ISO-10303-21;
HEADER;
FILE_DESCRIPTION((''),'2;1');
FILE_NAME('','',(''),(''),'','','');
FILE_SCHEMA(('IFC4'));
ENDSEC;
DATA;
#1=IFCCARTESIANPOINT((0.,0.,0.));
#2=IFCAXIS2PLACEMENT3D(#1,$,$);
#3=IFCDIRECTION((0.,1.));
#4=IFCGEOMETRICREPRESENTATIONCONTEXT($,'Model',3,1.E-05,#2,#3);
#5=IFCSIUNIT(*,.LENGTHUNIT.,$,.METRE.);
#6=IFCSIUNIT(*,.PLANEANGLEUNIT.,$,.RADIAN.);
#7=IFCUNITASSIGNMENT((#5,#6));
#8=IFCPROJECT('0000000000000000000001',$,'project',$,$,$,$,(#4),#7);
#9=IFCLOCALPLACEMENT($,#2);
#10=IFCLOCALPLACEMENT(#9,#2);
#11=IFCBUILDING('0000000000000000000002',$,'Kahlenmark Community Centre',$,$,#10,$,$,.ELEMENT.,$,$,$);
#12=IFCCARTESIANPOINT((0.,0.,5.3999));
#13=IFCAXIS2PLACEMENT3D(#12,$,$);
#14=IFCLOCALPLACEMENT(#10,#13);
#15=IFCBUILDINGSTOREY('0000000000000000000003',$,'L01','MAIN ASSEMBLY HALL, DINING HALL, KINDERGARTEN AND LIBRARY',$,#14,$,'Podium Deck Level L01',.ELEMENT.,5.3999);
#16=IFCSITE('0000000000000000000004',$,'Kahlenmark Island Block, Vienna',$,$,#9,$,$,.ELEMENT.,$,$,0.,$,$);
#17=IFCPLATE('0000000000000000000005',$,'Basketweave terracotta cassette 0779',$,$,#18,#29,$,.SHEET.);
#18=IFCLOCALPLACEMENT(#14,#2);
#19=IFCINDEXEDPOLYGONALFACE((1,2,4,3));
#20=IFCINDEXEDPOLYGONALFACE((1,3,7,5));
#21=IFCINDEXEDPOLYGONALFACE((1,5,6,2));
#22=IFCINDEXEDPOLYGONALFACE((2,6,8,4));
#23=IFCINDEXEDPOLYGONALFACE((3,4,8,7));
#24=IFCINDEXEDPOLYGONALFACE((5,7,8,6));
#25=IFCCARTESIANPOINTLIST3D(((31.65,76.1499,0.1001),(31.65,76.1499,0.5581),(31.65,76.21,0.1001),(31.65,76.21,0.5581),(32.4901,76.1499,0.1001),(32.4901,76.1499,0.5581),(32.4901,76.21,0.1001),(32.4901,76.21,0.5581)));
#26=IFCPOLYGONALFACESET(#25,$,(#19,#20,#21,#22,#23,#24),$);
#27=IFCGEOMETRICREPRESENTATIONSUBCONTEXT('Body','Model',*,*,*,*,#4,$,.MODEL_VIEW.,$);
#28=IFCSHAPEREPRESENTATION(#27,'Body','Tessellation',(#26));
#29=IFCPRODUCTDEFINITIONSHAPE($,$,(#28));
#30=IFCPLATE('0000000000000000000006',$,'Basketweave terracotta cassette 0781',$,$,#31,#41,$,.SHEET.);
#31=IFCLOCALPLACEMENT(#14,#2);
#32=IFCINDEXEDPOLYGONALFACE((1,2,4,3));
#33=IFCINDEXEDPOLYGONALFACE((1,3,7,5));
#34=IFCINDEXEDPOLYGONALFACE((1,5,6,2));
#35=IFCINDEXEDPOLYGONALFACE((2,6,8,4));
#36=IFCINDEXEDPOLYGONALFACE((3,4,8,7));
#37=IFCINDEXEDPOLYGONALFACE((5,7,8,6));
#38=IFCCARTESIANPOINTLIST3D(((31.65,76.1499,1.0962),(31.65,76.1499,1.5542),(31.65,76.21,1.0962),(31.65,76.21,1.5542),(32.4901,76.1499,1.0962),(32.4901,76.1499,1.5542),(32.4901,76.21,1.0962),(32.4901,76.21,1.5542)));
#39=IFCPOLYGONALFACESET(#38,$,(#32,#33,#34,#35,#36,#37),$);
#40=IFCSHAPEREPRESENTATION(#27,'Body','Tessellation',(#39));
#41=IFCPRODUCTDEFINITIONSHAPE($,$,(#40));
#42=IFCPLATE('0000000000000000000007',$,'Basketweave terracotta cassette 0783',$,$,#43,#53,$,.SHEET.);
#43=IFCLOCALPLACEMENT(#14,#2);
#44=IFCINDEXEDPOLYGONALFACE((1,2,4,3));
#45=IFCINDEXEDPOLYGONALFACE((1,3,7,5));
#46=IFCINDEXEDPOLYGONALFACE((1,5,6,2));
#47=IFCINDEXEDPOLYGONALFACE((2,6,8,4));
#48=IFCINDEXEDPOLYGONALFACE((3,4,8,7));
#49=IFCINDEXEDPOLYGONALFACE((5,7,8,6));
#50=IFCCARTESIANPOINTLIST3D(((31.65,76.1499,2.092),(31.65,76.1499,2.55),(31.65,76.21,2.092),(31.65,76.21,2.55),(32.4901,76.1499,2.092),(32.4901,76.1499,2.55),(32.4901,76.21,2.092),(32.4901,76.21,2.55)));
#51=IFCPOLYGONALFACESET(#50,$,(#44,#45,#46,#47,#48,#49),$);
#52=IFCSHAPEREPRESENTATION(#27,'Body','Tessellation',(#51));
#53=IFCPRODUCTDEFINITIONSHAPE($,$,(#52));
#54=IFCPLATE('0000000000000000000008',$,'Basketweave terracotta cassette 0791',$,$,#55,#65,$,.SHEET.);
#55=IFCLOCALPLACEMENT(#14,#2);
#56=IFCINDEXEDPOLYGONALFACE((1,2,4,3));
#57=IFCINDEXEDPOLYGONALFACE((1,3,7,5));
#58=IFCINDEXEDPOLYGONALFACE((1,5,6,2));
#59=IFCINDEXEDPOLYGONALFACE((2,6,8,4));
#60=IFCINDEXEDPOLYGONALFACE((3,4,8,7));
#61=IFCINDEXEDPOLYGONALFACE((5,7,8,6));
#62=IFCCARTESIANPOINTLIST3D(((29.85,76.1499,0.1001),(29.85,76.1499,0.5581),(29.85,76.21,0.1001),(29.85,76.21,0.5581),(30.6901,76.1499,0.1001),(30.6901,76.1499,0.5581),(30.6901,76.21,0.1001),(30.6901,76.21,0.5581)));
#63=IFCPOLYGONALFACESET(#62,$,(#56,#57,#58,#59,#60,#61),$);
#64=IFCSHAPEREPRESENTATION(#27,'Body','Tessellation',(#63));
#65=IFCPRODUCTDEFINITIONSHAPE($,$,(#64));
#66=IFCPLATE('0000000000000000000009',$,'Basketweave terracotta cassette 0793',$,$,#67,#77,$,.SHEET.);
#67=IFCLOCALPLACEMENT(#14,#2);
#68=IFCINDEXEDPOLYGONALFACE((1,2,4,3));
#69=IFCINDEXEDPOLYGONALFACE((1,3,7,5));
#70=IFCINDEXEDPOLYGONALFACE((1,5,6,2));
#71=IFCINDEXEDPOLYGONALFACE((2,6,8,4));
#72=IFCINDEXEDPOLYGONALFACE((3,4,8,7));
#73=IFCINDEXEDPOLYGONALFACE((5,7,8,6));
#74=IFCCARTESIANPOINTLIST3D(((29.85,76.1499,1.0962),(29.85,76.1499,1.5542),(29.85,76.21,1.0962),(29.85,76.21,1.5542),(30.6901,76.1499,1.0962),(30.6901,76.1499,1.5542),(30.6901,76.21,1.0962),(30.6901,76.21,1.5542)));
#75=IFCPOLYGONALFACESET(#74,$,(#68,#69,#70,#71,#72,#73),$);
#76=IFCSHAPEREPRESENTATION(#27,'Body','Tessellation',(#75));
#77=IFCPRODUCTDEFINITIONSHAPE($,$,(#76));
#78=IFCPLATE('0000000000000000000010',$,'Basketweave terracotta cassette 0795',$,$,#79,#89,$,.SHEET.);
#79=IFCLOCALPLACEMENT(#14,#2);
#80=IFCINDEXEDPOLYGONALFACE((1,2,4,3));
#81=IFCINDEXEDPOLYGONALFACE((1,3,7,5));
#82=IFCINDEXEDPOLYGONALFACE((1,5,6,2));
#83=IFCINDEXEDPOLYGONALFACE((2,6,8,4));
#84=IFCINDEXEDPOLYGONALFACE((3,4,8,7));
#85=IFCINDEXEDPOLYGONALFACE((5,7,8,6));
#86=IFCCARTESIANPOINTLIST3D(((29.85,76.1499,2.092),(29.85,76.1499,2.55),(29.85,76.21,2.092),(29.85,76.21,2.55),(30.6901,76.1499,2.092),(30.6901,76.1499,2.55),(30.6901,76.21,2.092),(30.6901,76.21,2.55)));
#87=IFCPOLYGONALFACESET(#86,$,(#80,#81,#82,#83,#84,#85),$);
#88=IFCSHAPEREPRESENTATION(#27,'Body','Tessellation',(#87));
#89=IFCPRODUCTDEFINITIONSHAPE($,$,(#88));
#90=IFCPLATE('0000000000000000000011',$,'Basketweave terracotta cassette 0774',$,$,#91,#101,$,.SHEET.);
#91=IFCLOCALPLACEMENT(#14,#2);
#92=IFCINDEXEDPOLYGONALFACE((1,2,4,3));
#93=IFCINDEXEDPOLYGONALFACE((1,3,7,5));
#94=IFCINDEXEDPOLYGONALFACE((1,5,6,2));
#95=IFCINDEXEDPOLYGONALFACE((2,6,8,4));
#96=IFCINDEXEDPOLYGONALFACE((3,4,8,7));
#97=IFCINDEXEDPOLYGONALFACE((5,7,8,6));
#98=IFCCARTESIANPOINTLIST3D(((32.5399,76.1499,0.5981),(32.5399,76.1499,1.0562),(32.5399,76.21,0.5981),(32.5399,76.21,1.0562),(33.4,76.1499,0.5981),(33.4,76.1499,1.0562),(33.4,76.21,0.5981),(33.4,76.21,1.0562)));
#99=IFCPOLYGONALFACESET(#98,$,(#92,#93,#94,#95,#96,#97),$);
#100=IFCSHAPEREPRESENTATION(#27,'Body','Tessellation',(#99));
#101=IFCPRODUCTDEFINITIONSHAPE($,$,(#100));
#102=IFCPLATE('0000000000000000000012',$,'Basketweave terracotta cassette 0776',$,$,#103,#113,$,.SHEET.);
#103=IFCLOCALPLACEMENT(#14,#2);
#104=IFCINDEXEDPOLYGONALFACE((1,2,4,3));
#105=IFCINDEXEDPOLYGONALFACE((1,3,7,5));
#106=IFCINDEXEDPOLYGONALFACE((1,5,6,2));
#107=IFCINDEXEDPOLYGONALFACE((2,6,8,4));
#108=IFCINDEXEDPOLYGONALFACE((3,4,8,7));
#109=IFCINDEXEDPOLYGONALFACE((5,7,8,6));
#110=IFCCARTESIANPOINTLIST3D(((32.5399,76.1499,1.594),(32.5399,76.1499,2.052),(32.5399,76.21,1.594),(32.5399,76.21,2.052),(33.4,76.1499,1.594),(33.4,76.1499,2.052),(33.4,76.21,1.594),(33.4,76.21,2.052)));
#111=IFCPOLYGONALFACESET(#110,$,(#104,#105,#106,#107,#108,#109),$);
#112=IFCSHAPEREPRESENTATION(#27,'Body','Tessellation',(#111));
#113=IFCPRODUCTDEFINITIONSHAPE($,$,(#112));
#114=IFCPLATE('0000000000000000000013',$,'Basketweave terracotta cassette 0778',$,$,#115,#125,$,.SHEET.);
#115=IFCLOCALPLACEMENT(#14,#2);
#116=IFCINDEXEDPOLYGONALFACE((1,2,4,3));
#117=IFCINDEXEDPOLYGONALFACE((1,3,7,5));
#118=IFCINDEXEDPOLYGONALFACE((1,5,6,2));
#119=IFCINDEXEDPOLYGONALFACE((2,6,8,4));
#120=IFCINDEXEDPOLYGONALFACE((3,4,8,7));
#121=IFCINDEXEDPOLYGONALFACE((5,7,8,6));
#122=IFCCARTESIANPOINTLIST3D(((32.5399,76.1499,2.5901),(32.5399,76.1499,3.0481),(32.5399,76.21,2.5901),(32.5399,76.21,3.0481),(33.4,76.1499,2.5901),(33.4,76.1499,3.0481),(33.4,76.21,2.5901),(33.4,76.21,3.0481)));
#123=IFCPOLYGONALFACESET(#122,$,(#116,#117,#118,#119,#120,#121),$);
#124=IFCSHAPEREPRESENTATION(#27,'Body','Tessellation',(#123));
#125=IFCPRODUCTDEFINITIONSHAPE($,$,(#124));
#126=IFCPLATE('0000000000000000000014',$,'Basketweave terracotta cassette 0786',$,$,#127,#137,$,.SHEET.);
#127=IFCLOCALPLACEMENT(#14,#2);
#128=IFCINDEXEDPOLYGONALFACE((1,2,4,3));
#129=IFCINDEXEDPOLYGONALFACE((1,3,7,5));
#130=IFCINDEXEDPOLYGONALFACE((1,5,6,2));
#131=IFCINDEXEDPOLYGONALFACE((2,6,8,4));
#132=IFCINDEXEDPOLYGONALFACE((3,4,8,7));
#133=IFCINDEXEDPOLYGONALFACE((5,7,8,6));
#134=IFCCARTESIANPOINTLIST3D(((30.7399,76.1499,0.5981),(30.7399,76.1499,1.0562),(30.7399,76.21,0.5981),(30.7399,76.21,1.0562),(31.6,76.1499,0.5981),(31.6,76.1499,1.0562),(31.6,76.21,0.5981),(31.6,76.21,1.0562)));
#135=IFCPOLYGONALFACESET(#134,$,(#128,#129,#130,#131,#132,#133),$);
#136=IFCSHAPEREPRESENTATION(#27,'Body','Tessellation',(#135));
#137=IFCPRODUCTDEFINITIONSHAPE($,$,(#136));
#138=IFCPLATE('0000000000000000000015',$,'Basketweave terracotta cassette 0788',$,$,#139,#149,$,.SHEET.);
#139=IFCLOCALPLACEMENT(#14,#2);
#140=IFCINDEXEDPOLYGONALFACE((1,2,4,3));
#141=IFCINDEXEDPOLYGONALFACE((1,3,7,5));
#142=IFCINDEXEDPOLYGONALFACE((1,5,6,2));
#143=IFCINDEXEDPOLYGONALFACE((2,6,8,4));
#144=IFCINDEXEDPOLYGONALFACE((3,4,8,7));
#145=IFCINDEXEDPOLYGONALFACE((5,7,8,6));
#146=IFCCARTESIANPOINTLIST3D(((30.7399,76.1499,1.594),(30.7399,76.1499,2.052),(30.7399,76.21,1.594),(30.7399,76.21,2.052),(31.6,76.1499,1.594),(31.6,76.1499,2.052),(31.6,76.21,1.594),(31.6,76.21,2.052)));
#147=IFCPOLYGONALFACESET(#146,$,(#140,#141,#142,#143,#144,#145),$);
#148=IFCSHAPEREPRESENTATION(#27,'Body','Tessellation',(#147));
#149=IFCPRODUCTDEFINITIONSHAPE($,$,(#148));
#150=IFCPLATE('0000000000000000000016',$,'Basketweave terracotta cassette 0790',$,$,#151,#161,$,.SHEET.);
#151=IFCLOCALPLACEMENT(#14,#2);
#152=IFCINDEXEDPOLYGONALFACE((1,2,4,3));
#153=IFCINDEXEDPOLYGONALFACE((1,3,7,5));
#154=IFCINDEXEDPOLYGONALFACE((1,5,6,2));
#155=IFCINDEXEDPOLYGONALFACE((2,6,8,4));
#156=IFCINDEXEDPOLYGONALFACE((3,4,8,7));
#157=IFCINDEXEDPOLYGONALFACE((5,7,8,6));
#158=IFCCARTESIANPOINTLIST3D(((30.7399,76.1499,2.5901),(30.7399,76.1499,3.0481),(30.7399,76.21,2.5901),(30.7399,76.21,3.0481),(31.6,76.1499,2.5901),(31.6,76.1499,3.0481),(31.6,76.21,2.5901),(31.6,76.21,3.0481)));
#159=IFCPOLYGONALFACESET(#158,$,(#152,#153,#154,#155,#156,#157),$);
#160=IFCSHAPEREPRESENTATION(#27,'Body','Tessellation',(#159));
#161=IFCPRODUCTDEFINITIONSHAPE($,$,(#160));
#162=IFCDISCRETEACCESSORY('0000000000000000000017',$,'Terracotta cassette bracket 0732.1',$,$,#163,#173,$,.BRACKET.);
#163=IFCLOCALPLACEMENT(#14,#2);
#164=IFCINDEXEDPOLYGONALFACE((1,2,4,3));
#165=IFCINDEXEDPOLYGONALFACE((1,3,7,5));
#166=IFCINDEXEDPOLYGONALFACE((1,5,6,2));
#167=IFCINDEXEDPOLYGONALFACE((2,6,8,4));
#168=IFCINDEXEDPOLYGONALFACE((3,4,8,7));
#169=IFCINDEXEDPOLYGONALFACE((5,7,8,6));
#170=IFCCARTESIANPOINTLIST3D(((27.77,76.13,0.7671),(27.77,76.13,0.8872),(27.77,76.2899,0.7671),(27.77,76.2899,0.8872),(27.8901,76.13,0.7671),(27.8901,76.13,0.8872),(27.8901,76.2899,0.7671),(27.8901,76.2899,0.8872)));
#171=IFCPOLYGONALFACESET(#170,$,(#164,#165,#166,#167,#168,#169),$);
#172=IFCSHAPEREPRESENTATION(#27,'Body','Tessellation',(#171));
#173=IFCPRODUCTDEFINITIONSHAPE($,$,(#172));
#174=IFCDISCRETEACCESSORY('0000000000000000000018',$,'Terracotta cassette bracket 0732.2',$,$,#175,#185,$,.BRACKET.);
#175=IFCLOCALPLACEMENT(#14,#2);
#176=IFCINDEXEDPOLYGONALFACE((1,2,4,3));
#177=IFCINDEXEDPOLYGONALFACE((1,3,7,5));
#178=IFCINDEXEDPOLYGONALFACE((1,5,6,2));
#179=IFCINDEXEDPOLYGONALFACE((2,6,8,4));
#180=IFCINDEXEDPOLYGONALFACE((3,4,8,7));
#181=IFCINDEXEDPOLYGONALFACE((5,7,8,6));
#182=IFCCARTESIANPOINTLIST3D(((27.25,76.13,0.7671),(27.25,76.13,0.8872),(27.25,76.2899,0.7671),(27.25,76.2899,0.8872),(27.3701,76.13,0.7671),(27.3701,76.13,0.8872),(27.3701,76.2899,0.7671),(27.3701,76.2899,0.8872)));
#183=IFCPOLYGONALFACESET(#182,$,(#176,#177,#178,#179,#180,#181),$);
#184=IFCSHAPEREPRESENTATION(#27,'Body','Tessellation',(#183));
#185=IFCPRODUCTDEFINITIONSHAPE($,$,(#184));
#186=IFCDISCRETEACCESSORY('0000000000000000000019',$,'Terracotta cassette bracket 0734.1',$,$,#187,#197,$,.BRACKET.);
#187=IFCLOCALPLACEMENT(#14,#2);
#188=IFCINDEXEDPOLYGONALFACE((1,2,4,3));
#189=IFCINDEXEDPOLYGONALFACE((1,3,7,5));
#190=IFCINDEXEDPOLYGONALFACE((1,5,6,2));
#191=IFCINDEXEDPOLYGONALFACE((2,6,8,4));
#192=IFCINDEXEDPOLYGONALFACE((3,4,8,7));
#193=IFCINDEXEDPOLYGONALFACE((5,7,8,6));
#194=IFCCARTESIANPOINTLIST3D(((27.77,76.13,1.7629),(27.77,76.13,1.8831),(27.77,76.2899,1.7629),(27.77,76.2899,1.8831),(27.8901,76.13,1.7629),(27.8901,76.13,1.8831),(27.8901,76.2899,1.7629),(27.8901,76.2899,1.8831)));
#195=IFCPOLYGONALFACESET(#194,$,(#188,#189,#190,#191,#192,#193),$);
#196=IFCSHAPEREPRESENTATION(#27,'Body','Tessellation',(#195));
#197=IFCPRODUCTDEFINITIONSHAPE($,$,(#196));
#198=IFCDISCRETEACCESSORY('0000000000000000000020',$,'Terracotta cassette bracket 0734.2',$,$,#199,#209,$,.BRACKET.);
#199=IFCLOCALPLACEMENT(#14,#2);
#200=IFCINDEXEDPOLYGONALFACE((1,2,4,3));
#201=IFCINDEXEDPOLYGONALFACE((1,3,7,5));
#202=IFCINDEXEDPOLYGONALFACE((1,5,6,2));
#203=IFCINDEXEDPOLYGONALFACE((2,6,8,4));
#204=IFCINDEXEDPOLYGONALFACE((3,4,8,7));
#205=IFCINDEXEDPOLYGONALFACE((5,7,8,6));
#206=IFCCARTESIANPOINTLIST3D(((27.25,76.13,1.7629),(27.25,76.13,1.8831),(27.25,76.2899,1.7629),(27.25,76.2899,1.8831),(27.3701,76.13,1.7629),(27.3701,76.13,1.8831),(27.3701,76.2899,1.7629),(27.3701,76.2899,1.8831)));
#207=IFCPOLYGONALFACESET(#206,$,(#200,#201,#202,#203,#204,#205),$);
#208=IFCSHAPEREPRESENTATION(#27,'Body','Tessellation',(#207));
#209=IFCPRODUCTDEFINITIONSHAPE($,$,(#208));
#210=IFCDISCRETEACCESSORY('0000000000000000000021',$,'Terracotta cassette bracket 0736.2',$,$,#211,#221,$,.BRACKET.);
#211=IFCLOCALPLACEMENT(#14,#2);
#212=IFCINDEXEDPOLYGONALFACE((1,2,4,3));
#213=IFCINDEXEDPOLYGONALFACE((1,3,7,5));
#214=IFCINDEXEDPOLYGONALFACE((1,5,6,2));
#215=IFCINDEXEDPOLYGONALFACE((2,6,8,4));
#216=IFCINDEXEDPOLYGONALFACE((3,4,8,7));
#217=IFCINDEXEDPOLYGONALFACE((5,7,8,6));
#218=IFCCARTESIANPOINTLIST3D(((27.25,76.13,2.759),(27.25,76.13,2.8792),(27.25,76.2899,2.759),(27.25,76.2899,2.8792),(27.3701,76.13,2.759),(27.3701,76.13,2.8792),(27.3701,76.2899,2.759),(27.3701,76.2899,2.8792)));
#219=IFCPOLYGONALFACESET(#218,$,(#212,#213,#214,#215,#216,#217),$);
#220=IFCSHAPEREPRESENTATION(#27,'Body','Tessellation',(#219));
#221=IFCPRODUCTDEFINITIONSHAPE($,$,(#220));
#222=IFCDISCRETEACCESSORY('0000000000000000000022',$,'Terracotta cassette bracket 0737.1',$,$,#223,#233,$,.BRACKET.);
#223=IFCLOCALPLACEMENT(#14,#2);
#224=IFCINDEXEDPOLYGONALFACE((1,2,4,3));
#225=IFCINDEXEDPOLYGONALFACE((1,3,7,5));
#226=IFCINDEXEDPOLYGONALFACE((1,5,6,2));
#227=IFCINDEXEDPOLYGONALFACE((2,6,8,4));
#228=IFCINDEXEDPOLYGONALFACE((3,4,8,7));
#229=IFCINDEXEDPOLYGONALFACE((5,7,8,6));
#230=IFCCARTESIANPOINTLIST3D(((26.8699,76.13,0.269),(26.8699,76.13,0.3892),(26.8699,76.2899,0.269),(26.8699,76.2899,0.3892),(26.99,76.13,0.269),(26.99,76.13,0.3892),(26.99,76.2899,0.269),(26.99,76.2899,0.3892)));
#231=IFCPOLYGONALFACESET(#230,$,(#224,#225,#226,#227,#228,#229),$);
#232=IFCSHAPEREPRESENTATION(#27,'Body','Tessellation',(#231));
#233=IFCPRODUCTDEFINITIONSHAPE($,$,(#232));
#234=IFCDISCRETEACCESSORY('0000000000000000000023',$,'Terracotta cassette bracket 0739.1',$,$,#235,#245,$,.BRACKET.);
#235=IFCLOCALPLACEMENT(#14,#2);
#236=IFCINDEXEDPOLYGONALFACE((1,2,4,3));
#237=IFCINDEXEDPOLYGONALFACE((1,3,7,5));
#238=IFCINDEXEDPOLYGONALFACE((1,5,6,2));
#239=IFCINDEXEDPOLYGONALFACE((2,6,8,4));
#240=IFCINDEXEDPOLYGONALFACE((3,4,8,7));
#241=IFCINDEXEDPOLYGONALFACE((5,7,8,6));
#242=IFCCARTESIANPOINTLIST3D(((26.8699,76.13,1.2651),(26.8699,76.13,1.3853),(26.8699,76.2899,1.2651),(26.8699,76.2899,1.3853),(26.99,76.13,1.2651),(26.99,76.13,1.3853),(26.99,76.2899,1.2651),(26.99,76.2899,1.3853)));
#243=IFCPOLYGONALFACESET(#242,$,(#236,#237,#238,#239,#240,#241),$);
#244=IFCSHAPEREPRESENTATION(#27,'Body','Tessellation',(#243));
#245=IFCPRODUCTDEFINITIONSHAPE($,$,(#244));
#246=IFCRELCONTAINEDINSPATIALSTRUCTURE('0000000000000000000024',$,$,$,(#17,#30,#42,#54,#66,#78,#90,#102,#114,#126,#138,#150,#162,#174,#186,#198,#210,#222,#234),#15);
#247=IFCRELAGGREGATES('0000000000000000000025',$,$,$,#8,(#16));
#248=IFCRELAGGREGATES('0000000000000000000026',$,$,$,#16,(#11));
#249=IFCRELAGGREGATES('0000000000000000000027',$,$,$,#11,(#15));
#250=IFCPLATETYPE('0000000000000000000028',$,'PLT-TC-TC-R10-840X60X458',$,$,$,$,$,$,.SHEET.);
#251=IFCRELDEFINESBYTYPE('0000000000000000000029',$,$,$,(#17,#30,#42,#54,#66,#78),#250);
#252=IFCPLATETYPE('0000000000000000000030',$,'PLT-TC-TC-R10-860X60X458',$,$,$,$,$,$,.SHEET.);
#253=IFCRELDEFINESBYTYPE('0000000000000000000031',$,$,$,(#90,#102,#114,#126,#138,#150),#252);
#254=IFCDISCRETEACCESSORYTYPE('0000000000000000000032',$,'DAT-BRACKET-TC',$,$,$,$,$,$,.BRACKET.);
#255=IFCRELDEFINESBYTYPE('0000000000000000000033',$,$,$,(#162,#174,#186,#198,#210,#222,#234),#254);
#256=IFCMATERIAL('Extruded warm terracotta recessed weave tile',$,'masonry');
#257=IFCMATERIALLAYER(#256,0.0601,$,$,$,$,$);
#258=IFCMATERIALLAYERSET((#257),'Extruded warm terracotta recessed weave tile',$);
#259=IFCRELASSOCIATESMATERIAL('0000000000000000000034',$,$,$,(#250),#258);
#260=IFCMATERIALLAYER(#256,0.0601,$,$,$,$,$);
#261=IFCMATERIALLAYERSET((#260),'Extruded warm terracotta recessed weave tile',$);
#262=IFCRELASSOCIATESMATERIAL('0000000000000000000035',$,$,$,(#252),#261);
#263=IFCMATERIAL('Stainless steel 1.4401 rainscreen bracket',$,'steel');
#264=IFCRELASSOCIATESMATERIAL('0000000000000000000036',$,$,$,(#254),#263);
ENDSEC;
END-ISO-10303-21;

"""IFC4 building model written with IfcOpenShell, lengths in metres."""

from ifc_helpers import new_model, si_unit, direction, frame, origin, origin_2d, place, context, subcontext, project, spatial, rectangle, extrude, material, layer, layer_set, type_object, element, save


model = new_model("IFC4")

# Units and contexts
model_context = context("Model", 3, precision=1e-05, world=origin(), true_north=direction((0.0, 1.0)))
body_context = subcontext(model_context, "Body", "Model", "MODEL_VIEW")
ifc_project = project(units=[si_unit("LENGTHUNIT", "METRE"), si_unit("PLANEANGLEUNIT", "RADIAN")], contexts=[model_context])

# Site, building, storey
site_placement = place(None, origin())
site = spatial("IfcSite", under=ifc_project, at=site_placement, Name="Kahlenmark Island Block, Vienna", CompositionType="ELEMENT", RefElevation=0.0)
building_placement = place(site_placement, origin())
building = spatial("IfcBuilding", under=site, at=building_placement, Name="Kahlenmark Community Centre", CompositionType="ELEMENT")
storey_placement = place(building_placement, frame((0.0, 0.0, 5.3999)))
storey = spatial("IfcBuildingStorey", under=building, at=storey_placement, Name="L01", Description="MAIN ASSEMBLY HALL, DINING HALL, KINDERGARTEN AND LIBRARY", LongName="Podium Deck Level L01", CompositionType="ELEMENT", Elevation=5.3999)

# Plates
ifc_material_1 = material(Name="Extruded warm terracotta recessed weave tile", Category="masonry")
ifc_layer_1 = layer(ifc_material_1, 0.0601)
ifc_layer_set_1 = layer_set([ifc_layer_1], Name="Extruded warm terracotta recessed weave tile")
plate_type_1 = type_object("IfcPlateType", Name="PLT-TC-TC-R10-840X60X458", PredefinedType="SHEET", material=ifc_layer_set_1)
for number, where, z_axis, x_axis, name in (
    (1, (32.0701, 76.1799, 0.1001), (0.0, 0.0, 1.0), (-1.0, 0.0, 0.0), "Basketweave terracotta cassette 0779"),
    (2, (32.0701, 76.1799, 1.0962), (0.0, 0.0, 1.0), (-1.0, 0.0, 0.0), "Basketweave terracotta cassette 0781"),
    (3, (32.0701, 76.1799, 2.092), (0.0, 0.0, 1.0), (-1.0, 0.0, 0.0), "Basketweave terracotta cassette 0783"),
    (4, (30.27, 76.1799, 0.1001), (0.0, 0.0, 1.0), (-1.0, 0.0, 0.0), "Basketweave terracotta cassette 0791"),
    (5, (30.27, 76.1799, 1.0962), (0.0, 0.0, 1.0), (-1.0, 0.0, 0.0), "Basketweave terracotta cassette 0793"),
    (6, (30.27, 76.1799, 2.092), (0.0, 0.0, 1.0), (-1.0, 0.0, 0.0), "Basketweave terracotta cassette 0795"),
):
    element("IfcPlate", number, at=place(storey_placement, frame(where, z_axis=z_axis, x_axis=x_axis)), inside=storey, type_object=plate_type_1, Name=name, PredefinedType="SHEET", context=body_context, shape_type="SweptSolid", body=[
        extrude(rectangle(XDim=0.8401, YDim=0.0601, at=origin_2d()), origin(), (0.0, 0.0, 1.0), 0.458),
    ])
ifc_layer_2 = layer(ifc_material_1, 0.0601)
ifc_layer_set_2 = layer_set([ifc_layer_2], Name="Extruded warm terracotta recessed weave tile")
plate_type_2 = type_object("IfcPlateType", Name="PLT-TC-TC-R10-860X60X458", PredefinedType="SHEET", material=ifc_layer_set_2)
for number, where, z_axis, x_axis, name in (
    (7, (32.97, 76.1799, 0.5981), (0.0, 0.0, 1.0), (-1.0, 0.0, 0.0), "Basketweave terracotta cassette 0774"),
    (8, (32.97, 76.1799, 1.594), (0.0, 0.0, 1.0), (-1.0, 0.0, 0.0), "Basketweave terracotta cassette 0776"),
    (9, (32.97, 76.1799, 2.5901), (0.0, 0.0, 1.0), (-1.0, 0.0, 0.0), "Basketweave terracotta cassette 0778"),
    (10, (31.1699, 76.1799, 0.5981), (0.0, 0.0, 1.0), (-1.0, 0.0, 0.0), "Basketweave terracotta cassette 0786"),
    (11, (31.1699, 76.1799, 1.594), (0.0, 0.0, 1.0), (-1.0, 0.0, 0.0), "Basketweave terracotta cassette 0788"),
    (12, (31.1699, 76.1799, 2.5901), (0.0, 0.0, 1.0), (-1.0, 0.0, 0.0), "Basketweave terracotta cassette 0790"),
):
    element("IfcPlate", number, at=place(storey_placement, frame(where, z_axis=z_axis, x_axis=x_axis)), inside=storey, type_object=plate_type_2, Name=name, PredefinedType="SHEET", context=body_context, shape_type="SweptSolid", body=[
        extrude(rectangle(XDim=0.8601, YDim=0.0601, at=origin_2d()), origin(), (0.0, 0.0, 1.0), 0.458),
    ])

# Discrete accessories
ifc_material_2 = material(Name="Stainless steel 1.4401 rainscreen bracket", Category="steel")
discrete_accessory_type = type_object("IfcDiscreteAccessoryType", Name="DAT-BRACKET-TC", PredefinedType="BRACKET", material=ifc_material_2)
for number, where, z_axis, x_axis, name in (
    (13, (27.8301, 76.21, 0.7671), (0.0, 0.0, 1.0), (-1.0, 0.0, 0.0), "Terracotta cassette bracket 0732.1"),
    (14, (27.3101, 76.21, 0.7671), (0.0, 0.0, 1.0), (-1.0, 0.0, 0.0), "Terracotta cassette bracket 0732.2"),
    (15, (27.8301, 76.21, 1.7629), (0.0, 0.0, 1.0), (-1.0, 0.0, 0.0), "Terracotta cassette bracket 0734.1"),
    (16, (27.3101, 76.21, 1.7629), (0.0, 0.0, 1.0), (-1.0, 0.0, 0.0), "Terracotta cassette bracket 0734.2"),
    (17, (27.3101, 76.21, 2.759), (0.0, 0.0, 1.0), (-1.0, 0.0, 0.0), "Terracotta cassette bracket 0736.2"),
    (18, (26.9299, 76.21, 0.269), (0.0, 0.0, 1.0), (-1.0, 0.0, 0.0), "Terracotta cassette bracket 0737.1"),
    (19, (26.9299, 76.21, 1.2651), (0.0, 0.0, 1.0), (-1.0, 0.0, 0.0), "Terracotta cassette bracket 0739.1"),
):
    element("IfcDiscreteAccessory", number, at=place(storey_placement, frame(where, z_axis=z_axis, x_axis=x_axis)), inside=storey, type_object=discrete_accessory_type, Name=name, PredefinedType="BRACKET", context=body_context, shape_type="SweptSolid", body=[
        extrude(rectangle(XDim=0.1201, YDim=0.1599, at=origin_2d()), origin(), (0.0, 0.0, 1.0), 0.1201),
    ])

save(model, "model.ifc")
